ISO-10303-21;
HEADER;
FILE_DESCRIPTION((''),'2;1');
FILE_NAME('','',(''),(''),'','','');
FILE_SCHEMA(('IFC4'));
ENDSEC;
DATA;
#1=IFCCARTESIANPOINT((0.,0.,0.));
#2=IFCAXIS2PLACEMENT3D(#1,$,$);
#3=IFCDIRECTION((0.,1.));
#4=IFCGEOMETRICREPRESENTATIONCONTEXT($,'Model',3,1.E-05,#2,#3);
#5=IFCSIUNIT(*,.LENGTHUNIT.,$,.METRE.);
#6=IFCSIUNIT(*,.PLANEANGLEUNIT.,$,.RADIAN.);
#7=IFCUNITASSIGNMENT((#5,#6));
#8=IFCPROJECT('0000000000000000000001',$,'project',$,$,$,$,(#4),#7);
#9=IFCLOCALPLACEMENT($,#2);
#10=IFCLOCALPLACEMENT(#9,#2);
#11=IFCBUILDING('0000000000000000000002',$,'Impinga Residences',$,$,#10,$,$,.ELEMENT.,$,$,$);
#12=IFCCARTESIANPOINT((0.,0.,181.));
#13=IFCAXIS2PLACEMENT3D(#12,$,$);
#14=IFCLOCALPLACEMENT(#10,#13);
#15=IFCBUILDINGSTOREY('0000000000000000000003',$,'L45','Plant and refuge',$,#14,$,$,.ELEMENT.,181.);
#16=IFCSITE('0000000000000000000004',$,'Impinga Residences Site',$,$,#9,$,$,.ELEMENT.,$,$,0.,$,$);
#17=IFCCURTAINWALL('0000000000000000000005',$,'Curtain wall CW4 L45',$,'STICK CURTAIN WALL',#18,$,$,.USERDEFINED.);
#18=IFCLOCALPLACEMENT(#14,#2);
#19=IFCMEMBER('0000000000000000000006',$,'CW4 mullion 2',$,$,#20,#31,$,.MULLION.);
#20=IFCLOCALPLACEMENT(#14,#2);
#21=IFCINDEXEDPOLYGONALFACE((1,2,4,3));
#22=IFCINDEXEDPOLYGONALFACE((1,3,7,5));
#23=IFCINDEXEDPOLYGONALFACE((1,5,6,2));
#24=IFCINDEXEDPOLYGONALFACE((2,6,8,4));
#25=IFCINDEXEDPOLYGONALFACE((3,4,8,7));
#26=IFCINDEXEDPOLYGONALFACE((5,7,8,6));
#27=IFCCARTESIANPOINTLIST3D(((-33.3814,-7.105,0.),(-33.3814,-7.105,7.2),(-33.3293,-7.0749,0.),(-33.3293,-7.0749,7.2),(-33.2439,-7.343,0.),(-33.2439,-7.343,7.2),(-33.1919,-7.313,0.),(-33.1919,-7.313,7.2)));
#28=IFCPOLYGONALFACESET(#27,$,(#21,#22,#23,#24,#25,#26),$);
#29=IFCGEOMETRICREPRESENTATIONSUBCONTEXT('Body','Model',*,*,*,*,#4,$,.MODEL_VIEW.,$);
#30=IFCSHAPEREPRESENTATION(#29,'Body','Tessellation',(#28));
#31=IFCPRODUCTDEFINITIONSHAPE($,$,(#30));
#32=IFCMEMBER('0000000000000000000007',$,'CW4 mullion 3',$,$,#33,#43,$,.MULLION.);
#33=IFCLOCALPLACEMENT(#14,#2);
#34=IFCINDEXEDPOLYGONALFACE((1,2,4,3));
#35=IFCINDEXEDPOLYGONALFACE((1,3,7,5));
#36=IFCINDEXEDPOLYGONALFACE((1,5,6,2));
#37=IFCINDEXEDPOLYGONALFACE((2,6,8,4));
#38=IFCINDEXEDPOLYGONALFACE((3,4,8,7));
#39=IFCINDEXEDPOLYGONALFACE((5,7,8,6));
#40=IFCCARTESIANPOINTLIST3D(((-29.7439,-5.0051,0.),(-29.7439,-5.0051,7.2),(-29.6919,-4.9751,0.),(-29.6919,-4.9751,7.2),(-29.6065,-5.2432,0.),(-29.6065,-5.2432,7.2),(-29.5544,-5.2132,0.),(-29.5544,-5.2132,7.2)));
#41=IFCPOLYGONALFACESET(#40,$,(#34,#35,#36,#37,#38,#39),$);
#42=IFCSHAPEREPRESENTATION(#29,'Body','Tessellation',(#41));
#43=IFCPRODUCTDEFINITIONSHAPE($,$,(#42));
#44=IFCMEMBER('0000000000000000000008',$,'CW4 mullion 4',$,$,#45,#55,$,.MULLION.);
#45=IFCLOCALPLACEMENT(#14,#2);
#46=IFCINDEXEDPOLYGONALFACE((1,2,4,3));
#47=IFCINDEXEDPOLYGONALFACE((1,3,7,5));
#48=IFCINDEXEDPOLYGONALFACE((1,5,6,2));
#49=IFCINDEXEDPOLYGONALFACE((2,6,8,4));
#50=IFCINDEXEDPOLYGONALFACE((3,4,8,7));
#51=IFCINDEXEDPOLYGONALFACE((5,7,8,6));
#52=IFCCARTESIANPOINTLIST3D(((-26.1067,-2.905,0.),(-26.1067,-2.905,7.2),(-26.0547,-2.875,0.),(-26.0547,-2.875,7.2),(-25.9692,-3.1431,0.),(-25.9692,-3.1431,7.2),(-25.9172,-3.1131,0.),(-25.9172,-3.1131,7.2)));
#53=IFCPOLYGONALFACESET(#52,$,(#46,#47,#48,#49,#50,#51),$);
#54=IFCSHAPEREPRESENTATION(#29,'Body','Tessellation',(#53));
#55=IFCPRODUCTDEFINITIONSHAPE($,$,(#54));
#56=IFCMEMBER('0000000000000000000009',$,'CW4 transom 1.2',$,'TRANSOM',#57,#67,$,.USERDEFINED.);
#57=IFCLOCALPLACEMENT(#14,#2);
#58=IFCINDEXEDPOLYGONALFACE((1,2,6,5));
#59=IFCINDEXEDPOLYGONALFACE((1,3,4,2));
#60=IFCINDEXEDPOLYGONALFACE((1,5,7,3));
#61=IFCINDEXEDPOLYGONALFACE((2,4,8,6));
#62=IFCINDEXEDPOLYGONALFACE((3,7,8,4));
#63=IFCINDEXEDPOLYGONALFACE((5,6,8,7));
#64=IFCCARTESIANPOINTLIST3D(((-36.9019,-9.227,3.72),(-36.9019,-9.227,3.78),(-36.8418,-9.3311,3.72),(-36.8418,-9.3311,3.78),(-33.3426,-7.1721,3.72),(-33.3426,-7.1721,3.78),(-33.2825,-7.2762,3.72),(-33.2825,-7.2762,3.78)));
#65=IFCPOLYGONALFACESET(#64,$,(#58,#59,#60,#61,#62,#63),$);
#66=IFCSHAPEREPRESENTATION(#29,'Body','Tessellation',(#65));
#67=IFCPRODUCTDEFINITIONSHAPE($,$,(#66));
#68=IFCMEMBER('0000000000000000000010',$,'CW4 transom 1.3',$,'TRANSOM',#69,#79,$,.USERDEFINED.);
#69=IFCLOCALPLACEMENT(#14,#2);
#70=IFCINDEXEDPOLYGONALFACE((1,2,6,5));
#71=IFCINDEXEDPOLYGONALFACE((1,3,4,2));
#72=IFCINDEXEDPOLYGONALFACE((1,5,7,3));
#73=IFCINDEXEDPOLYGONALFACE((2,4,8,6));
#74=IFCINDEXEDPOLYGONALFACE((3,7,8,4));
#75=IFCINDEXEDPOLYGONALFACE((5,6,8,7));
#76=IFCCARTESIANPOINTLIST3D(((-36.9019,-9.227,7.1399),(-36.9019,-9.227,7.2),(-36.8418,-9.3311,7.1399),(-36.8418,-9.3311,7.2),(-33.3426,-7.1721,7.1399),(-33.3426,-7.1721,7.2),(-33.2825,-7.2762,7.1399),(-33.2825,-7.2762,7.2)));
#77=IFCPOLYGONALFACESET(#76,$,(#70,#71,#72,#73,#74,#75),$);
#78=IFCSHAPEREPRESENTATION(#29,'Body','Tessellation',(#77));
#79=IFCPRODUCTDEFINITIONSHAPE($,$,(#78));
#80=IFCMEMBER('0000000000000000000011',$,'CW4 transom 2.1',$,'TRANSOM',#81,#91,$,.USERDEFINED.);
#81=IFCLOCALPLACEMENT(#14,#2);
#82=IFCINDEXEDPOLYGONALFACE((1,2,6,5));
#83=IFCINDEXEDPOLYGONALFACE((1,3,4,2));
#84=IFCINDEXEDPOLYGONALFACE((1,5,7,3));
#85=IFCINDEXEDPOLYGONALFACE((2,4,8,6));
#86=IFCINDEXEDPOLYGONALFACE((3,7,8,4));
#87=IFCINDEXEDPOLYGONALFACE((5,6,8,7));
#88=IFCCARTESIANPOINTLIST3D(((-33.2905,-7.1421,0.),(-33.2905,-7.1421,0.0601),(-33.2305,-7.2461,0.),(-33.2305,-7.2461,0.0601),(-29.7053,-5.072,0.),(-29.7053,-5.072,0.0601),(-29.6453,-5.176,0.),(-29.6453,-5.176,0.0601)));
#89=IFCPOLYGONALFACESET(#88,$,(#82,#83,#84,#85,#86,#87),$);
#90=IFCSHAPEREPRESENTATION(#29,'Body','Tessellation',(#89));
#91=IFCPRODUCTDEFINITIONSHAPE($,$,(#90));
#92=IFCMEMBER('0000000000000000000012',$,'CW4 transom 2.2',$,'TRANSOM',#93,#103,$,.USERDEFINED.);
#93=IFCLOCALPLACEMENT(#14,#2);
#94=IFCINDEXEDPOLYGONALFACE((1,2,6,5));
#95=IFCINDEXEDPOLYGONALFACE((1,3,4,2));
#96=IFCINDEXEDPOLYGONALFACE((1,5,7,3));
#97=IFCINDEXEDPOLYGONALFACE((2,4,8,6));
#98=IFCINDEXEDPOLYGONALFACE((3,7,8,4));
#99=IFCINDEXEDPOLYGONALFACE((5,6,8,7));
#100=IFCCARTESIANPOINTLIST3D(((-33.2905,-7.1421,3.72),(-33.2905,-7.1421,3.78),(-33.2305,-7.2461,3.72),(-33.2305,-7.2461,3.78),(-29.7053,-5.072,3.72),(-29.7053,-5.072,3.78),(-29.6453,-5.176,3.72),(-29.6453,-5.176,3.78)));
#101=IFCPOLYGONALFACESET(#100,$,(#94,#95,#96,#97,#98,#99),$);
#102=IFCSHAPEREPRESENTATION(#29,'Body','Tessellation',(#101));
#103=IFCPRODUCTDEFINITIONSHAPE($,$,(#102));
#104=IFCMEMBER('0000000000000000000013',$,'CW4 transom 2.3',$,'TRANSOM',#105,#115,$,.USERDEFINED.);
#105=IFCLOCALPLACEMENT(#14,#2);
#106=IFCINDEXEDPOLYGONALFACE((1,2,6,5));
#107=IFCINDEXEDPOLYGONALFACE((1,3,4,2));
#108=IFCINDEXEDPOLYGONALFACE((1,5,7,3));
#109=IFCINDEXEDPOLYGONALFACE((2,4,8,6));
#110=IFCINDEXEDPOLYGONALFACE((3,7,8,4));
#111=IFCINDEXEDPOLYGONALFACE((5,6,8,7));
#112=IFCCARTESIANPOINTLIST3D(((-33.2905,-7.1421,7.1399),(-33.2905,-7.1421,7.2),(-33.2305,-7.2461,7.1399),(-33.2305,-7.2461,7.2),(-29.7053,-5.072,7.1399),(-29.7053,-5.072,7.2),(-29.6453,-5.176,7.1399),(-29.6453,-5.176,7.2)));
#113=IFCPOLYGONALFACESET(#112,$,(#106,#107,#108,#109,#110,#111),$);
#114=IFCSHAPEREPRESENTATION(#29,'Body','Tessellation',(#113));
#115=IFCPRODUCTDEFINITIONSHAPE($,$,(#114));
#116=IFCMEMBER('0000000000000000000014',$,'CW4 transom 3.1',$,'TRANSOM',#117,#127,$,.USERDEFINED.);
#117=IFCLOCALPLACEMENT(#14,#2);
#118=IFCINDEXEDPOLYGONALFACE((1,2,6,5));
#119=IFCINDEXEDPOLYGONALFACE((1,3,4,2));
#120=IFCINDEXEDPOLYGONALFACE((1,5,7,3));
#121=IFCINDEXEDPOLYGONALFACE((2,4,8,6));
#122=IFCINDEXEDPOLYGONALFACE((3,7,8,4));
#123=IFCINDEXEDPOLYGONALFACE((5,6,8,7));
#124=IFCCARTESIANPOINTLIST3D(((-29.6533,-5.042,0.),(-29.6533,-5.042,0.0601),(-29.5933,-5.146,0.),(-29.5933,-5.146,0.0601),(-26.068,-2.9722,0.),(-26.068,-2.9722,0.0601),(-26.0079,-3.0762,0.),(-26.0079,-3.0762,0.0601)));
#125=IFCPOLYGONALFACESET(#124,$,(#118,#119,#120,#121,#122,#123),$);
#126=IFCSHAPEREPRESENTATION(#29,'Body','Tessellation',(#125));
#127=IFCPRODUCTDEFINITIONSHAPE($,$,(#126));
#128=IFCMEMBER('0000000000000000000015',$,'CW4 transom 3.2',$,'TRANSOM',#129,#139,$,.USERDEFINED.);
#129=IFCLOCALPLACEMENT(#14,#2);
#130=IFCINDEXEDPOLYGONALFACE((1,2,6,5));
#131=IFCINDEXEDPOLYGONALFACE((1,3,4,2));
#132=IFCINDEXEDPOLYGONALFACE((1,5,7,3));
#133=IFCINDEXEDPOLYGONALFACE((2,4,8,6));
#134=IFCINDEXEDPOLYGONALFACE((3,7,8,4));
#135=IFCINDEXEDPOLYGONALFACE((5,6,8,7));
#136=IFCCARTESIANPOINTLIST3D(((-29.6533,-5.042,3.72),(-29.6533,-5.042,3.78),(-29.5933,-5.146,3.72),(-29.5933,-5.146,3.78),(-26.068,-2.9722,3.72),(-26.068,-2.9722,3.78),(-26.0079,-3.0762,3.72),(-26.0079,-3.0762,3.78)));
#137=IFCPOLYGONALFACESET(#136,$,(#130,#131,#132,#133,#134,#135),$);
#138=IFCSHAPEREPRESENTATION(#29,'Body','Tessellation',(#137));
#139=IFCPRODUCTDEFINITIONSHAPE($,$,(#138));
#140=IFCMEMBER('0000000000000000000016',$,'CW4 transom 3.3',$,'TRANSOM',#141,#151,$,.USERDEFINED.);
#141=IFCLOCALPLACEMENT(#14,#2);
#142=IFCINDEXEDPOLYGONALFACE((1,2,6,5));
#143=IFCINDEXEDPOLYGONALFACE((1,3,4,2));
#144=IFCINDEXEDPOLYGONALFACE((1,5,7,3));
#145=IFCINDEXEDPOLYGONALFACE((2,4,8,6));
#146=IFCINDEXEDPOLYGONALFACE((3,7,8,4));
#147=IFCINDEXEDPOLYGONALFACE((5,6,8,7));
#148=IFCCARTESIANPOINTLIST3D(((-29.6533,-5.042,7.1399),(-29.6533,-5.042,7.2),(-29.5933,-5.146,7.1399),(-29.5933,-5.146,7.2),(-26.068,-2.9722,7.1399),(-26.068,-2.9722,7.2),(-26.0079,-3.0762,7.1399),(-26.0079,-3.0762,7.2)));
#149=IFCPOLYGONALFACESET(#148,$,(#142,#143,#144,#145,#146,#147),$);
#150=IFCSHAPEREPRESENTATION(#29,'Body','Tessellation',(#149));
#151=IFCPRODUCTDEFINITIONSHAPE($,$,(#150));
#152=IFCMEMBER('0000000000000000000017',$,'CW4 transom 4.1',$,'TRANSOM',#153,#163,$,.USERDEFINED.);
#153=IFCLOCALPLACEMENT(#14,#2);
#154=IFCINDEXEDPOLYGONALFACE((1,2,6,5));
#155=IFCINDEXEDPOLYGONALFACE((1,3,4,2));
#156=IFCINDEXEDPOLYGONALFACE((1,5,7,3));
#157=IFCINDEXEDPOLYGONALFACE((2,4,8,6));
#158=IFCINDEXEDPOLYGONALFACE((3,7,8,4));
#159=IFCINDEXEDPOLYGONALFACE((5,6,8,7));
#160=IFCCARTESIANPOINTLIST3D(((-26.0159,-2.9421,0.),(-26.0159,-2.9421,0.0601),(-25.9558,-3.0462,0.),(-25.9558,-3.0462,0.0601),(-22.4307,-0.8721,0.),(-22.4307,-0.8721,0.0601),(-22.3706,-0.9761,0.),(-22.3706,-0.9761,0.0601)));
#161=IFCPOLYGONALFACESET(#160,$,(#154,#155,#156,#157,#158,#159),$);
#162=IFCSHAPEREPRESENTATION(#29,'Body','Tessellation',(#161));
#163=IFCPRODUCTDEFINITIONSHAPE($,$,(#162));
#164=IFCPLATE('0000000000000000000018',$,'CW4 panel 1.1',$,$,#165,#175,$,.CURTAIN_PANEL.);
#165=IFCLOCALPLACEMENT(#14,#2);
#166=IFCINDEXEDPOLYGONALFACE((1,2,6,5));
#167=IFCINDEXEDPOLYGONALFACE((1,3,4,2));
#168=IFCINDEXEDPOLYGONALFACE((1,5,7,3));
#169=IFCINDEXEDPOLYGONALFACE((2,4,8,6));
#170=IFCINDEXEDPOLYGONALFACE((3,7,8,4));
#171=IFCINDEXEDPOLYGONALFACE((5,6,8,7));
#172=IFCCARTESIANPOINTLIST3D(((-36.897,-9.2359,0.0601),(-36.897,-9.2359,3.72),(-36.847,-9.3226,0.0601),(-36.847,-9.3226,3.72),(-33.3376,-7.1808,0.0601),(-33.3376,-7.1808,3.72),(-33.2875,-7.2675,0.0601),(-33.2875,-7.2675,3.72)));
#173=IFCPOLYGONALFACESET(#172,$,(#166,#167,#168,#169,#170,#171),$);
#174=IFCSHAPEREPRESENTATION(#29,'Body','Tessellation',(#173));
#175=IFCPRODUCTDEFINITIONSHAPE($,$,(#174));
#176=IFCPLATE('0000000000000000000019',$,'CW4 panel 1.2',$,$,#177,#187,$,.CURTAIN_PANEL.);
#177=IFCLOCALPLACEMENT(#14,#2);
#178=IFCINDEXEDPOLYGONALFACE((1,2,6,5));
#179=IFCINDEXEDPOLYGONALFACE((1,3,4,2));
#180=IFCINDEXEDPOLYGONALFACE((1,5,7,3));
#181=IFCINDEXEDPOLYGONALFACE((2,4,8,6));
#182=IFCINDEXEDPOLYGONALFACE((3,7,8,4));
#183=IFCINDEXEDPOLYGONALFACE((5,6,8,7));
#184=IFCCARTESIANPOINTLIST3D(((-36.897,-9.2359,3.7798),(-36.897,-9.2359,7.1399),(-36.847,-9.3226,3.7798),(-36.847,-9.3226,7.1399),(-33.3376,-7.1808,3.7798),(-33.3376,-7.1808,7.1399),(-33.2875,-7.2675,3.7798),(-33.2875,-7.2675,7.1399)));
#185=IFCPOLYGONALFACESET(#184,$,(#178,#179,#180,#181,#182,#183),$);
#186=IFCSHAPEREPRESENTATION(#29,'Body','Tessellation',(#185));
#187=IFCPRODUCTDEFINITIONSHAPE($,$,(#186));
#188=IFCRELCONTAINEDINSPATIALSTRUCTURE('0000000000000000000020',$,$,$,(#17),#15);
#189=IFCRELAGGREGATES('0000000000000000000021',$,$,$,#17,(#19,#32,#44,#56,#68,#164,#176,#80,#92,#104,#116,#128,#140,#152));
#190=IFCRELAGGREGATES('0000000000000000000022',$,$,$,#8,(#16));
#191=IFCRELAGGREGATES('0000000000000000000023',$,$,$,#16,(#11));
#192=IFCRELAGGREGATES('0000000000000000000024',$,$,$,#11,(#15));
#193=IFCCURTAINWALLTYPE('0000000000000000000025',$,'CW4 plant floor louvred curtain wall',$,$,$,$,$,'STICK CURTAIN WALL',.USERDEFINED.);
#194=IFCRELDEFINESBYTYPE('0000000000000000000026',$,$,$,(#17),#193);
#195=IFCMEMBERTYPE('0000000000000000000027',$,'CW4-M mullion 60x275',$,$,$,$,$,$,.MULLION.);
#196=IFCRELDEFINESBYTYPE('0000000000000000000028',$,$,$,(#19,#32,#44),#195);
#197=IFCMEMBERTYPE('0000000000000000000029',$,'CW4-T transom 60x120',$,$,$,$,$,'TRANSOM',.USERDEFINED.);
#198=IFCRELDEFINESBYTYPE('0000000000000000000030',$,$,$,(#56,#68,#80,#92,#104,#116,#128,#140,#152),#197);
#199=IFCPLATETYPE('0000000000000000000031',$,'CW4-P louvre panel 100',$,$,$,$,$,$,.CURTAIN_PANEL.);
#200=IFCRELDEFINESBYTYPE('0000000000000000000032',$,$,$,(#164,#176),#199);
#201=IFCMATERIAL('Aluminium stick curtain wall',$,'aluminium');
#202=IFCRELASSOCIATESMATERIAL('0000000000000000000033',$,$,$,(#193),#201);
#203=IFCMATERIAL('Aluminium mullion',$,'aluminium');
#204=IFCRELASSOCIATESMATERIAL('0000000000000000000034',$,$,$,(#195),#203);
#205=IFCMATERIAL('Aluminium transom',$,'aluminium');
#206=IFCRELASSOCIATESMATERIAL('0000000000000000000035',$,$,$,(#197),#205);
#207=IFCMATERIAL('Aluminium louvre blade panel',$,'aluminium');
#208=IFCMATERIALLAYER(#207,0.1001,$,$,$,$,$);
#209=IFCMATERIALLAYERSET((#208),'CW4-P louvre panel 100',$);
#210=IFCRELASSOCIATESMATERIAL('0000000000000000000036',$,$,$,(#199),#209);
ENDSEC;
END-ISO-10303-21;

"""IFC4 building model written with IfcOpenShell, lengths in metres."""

from ifc_helpers import new_model, si_unit, direction, frame, origin, origin_2d, place, context, subcontext, project, spatial, rectangle, extrude, material, layer, layer_set, material_profile, profile_set, type_object, element, aggregate, save


model = new_model("IFC4")

# Units and contexts
model_context = context("Model", 3, precision=1e-05, world=origin(), true_north=direction((0.0, 1.0)))
body_context = subcontext(model_context, "Body", "Model", "MODEL_VIEW")
ifc_project = project(units=[si_unit("LENGTHUNIT", "METRE"), si_unit("PLANEANGLEUNIT", "RADIAN")], contexts=[model_context])

# Site, building, storey
site_placement = place(None, origin())
site = spatial("IfcSite", under=ifc_project, at=site_placement, Name="Impinga Residences Site", CompositionType="ELEMENT", RefElevation=0.0)
building_placement = place(site_placement, origin())
building = spatial("IfcBuilding", under=site, at=building_placement, Name="Impinga Residences", CompositionType="ELEMENT")
storey_placement = place(building_placement, frame((0.0, 0.0, 181.0)))
storey = spatial("IfcBuildingStorey", under=building, at=storey_placement, Name="L45", Description="Plant and refuge", CompositionType="ELEMENT", Elevation=181.0)

# Curtain wall, members, plates
ifc_material_1 = material(Name="Aluminium stick curtain wall", Category="aluminium")
curtain_wall_type = type_object("IfcCurtainWallType", Name="CW4 plant floor louvred curtain wall", ElementType="STICK CURTAIN WALL", PredefinedType="USERDEFINED", material=ifc_material_1)
curtain_wall_placement = place(storey_placement, origin())
curtain_wall = element("IfcCurtainWall", 1, at=curtain_wall_placement, inside=storey, type_object=curtain_wall_type, Name="Curtain wall CW4 L45", ObjectType="STICK CURTAIN WALL", PredefinedType="USERDEFINED")
ifc_material_2 = material(Name="Aluminium mullion", Category="aluminium")
ifc_material_profile_1 = material_profile(ifc_material_2, rectangle(XDim=0.0601, YDim=0.2749, at=origin_2d()), Name="60x275 mullion")
ifc_profile_set_1 = profile_set([ifc_material_profile_1], Name="Aluminium mullion")
member_type_1 = type_object("IfcMemberType", Name="CW4-M mullion 60x275", PredefinedType="MULLION", material=ifc_profile_set_1)
member_1_placement = place(storey_placement, frame((-33.2866, -7.209, 0.0), z_axis=(0.0, 0.0, 1.0), x_axis=(0.866025, 0.5, 0.0)))
member_1 = element("IfcMember", 2, at=member_1_placement, type_object=member_type_1, Name="CW4 mullion 2", PredefinedType="MULLION", context=body_context, shape_type="SweptSolid", body=[
    extrude(rectangle(XDim=0.0601, YDim=0.2749, at=origin_2d()), origin(), (0.0, 0.0, 1.0), 7.2),
])
member_2_placement = place(storey_placement, frame((-29.6492, -5.1091, 0.0), z_axis=(0.0, 0.0, 1.0), x_axis=(0.866025, 0.5, 0.0)))
member_2 = element("IfcMember", 3, at=member_2_placement, type_object=member_type_1, Name="CW4 mullion 3", PredefinedType="MULLION", context=body_context, shape_type="SweptSolid", body=[
    extrude(rectangle(XDim=0.0601, YDim=0.2749, at=origin_2d()), origin(), (0.0, 0.0, 1.0), 7.2),
])
member_3_placement = place(storey_placement, frame((-26.012, -3.009, 0.0), z_axis=(0.0, 0.0, 1.0), x_axis=(0.866025, 0.5, 0.0)))
member_3 = element("IfcMember", 4, at=member_3_placement, type_object=member_type_1, Name="CW4 mullion 4", PredefinedType="MULLION", context=body_context, shape_type="SweptSolid", body=[
    extrude(rectangle(XDim=0.0601, YDim=0.2749, at=origin_2d()), origin(), (0.0, 0.0, 1.0), 7.2),
])
ifc_material_3 = material(Name="Aluminium transom", Category="aluminium")
ifc_material_profile_2 = material_profile(ifc_material_3, rectangle(XDim=0.0601, YDim=0.1201, at=origin_2d()), Name="60x120 transom")
ifc_profile_set_2 = profile_set([ifc_material_profile_2], Name="Aluminium transom")
member_type_2 = type_object("IfcMemberType", Name="CW4-T transom 60x120", ElementType="TRANSOM", PredefinedType="USERDEFINED", material=ifc_profile_set_2)
member_4_placement = place(storey_placement, frame((-36.8718, -9.2791, 3.75), z_axis=(0.86603, 0.499992, 0.0), x_axis=(0.0, 0.0, 1.0)))
member_4 = element("IfcMember", 5, at=member_4_placement, type_object=member_type_2, Name="CW4 transom 1.2", ObjectType="TRANSOM", PredefinedType="USERDEFINED", context=body_context, shape_type="SweptSolid", body=[
    extrude(rectangle(XDim=0.0601, YDim=0.1201, at=origin_2d()), origin(), (0.0, 0.0, 1.0), 4.1099),
])
member_5_placement = place(storey_placement, frame((-36.8718, -9.2791, 7.1699), z_axis=(0.86603, 0.499992, 0.0), x_axis=(0.0, 0.0, 1.0)))
member_5 = element("IfcMember", 6, at=member_5_placement, type_object=member_type_2, Name="CW4 transom 1.3", ObjectType="TRANSOM", PredefinedType="USERDEFINED", context=body_context, shape_type="SweptSolid", body=[
    extrude(rectangle(XDim=0.0601, YDim=0.1201, at=origin_2d()), origin(), (0.0, 0.0, 1.0), 4.1099),
])
member_6_placement = place(storey_placement, frame((-33.2605, -7.1941, 0.03), z_axis=(0.86601, 0.500027, 0.0), x_axis=(0.0, 0.0, 1.0)))
member_6 = element("IfcMember", 7, at=member_6_placement, type_object=member_type_2, Name="CW4 transom 2.1", ObjectType="TRANSOM", PredefinedType="USERDEFINED", context=body_context, shape_type="SweptSolid", body=[
    extrude(rectangle(XDim=0.0601, YDim=0.1201, at=origin_2d()), origin(), (0.0, 0.0, 1.0), 4.1399),
])
member_7_placement = place(storey_placement, frame((-33.2605, -7.1941, 3.75), z_axis=(0.86601, 0.500027, 0.0), x_axis=(0.0, 0.0, 1.0)))
member_7 = element("IfcMember", 8, at=member_7_placement, type_object=member_type_2, Name="CW4 transom 2.2", ObjectType="TRANSOM", PredefinedType="USERDEFINED", context=body_context, shape_type="SweptSolid", body=[
    extrude(rectangle(XDim=0.0601, YDim=0.1201, at=origin_2d()), origin(), (0.0, 0.0, 1.0), 4.1399),
])
member_8_placement = place(storey_placement, frame((-33.2605, -7.1941, 7.1699), z_axis=(0.86601, 0.500027, 0.0), x_axis=(0.0, 0.0, 1.0)))
member_8 = element("IfcMember", 9, at=member_8_placement, type_object=member_type_2, Name="CW4 transom 2.3", ObjectType="TRANSOM", PredefinedType="USERDEFINED", context=body_context, shape_type="SweptSolid", body=[
    extrude(rectangle(XDim=0.0601, YDim=0.1201, at=origin_2d()), origin(), (0.0, 0.0, 1.0), 4.1399),
])
member_9_placement = place(storey_placement, frame((-29.6233, -5.094, 0.03), z_axis=(0.86605, 0.499957, 0.0), x_axis=(0.0, 0.0, 1.0)))
member_9 = element("IfcMember", 10, at=member_9_placement, type_object=member_type_2, Name="CW4 transom 3.1", ObjectType="TRANSOM", PredefinedType="USERDEFINED", context=body_context, shape_type="SweptSolid", body=[
    extrude(rectangle(XDim=0.0601, YDim=0.1201, at=origin_2d()), origin(), (0.0, 0.0, 1.0), 4.1399),
])
member_10_placement = place(storey_placement, frame((-29.6233, -5.094, 3.75), z_axis=(0.86605, 0.499957, 0.0), x_axis=(0.0, 0.0, 1.0)))
member_10 = element("IfcMember", 11, at=member_10_placement, type_object=member_type_2, Name="CW4 transom 3.2", ObjectType="TRANSOM", PredefinedType="USERDEFINED", context=body_context, shape_type="SweptSolid", body=[
    extrude(rectangle(XDim=0.0601, YDim=0.1201, at=origin_2d()), origin(), (0.0, 0.0, 1.0), 4.1399),
])
member_11_placement = place(storey_placement, frame((-29.6233, -5.094, 7.1699), z_axis=(0.86605, 0.499957, 0.0), x_axis=(0.0, 0.0, 1.0)))
member_11 = element("IfcMember", 12, at=member_11_placement, type_object=member_type_2, Name="CW4 transom 3.3", ObjectType="TRANSOM", PredefinedType="USERDEFINED", context=body_context, shape_type="SweptSolid", body=[
    extrude(rectangle(XDim=0.0601, YDim=0.1201, at=origin_2d()), origin(), (0.0, 0.0, 1.0), 4.1399),
])
member_12_placement = place(storey_placement, frame((-25.9858, -2.9941, 0.03), z_axis=(0.86601, 0.500027, 0.0), x_axis=(0.0, 0.0, 1.0)))
member_12 = element("IfcMember", 13, at=member_12_placement, type_object=member_type_2, Name="CW4 transom 4.1", ObjectType="TRANSOM", PredefinedType="USERDEFINED", context=body_context, shape_type="SweptSolid", body=[
    extrude(rectangle(XDim=0.0601, YDim=0.1201, at=origin_2d()), origin(), (0.0, 0.0, 1.0), 4.1399),
])
ifc_material_4 = material(Name="Aluminium louvre blade panel", Category="aluminium")
ifc_layer = layer(ifc_material_4, 0.1001)
ifc_layer_set = layer_set([ifc_layer], Name="CW4-P louvre panel 100")
plate_type = type_object("IfcPlateType", Name="CW4-P louvre panel 100", PredefinedType="CURTAIN_PANEL", material=ifc_layer_set)
plate_1_placement = place(storey_placement, frame((-35.0923, -8.2517, 0.0601), z_axis=(0.0, 0.0, 1.0), x_axis=(0.866025, 0.5, 0.0)))
plate_1 = element("IfcPlate", 14, at=plate_1_placement, type_object=plate_type, Name="CW4 panel 1.1", PredefinedType="CURTAIN_PANEL", context=body_context, shape_type="SweptSolid", body=[
    extrude(rectangle(XDim=4.1101, YDim=0.1001, at=origin_2d()), origin(), (0.0, 0.0, 1.0), 3.6599),
])
plate_2_placement = place(storey_placement, frame((-35.0923, -8.2517, 3.7798), z_axis=(0.0, 0.0, 1.0), x_axis=(0.866025, 0.5, 0.0)))
plate_2 = element("IfcPlate", 15, at=plate_2_placement, type_object=plate_type, Name="CW4 panel 1.2", PredefinedType="CURTAIN_PANEL", context=body_context, shape_type="SweptSolid", body=[
    extrude(rectangle(XDim=4.1101, YDim=0.1001, at=origin_2d()), origin(), (0.0, 0.0, 1.0), 3.3601),
])
aggregate(curtain_wall, [member_1, member_2, member_3, member_4, member_5, plate_1, plate_2, member_6, member_7, member_8, member_9, member_10, member_11, member_12])

save(model, "model.ifc")
